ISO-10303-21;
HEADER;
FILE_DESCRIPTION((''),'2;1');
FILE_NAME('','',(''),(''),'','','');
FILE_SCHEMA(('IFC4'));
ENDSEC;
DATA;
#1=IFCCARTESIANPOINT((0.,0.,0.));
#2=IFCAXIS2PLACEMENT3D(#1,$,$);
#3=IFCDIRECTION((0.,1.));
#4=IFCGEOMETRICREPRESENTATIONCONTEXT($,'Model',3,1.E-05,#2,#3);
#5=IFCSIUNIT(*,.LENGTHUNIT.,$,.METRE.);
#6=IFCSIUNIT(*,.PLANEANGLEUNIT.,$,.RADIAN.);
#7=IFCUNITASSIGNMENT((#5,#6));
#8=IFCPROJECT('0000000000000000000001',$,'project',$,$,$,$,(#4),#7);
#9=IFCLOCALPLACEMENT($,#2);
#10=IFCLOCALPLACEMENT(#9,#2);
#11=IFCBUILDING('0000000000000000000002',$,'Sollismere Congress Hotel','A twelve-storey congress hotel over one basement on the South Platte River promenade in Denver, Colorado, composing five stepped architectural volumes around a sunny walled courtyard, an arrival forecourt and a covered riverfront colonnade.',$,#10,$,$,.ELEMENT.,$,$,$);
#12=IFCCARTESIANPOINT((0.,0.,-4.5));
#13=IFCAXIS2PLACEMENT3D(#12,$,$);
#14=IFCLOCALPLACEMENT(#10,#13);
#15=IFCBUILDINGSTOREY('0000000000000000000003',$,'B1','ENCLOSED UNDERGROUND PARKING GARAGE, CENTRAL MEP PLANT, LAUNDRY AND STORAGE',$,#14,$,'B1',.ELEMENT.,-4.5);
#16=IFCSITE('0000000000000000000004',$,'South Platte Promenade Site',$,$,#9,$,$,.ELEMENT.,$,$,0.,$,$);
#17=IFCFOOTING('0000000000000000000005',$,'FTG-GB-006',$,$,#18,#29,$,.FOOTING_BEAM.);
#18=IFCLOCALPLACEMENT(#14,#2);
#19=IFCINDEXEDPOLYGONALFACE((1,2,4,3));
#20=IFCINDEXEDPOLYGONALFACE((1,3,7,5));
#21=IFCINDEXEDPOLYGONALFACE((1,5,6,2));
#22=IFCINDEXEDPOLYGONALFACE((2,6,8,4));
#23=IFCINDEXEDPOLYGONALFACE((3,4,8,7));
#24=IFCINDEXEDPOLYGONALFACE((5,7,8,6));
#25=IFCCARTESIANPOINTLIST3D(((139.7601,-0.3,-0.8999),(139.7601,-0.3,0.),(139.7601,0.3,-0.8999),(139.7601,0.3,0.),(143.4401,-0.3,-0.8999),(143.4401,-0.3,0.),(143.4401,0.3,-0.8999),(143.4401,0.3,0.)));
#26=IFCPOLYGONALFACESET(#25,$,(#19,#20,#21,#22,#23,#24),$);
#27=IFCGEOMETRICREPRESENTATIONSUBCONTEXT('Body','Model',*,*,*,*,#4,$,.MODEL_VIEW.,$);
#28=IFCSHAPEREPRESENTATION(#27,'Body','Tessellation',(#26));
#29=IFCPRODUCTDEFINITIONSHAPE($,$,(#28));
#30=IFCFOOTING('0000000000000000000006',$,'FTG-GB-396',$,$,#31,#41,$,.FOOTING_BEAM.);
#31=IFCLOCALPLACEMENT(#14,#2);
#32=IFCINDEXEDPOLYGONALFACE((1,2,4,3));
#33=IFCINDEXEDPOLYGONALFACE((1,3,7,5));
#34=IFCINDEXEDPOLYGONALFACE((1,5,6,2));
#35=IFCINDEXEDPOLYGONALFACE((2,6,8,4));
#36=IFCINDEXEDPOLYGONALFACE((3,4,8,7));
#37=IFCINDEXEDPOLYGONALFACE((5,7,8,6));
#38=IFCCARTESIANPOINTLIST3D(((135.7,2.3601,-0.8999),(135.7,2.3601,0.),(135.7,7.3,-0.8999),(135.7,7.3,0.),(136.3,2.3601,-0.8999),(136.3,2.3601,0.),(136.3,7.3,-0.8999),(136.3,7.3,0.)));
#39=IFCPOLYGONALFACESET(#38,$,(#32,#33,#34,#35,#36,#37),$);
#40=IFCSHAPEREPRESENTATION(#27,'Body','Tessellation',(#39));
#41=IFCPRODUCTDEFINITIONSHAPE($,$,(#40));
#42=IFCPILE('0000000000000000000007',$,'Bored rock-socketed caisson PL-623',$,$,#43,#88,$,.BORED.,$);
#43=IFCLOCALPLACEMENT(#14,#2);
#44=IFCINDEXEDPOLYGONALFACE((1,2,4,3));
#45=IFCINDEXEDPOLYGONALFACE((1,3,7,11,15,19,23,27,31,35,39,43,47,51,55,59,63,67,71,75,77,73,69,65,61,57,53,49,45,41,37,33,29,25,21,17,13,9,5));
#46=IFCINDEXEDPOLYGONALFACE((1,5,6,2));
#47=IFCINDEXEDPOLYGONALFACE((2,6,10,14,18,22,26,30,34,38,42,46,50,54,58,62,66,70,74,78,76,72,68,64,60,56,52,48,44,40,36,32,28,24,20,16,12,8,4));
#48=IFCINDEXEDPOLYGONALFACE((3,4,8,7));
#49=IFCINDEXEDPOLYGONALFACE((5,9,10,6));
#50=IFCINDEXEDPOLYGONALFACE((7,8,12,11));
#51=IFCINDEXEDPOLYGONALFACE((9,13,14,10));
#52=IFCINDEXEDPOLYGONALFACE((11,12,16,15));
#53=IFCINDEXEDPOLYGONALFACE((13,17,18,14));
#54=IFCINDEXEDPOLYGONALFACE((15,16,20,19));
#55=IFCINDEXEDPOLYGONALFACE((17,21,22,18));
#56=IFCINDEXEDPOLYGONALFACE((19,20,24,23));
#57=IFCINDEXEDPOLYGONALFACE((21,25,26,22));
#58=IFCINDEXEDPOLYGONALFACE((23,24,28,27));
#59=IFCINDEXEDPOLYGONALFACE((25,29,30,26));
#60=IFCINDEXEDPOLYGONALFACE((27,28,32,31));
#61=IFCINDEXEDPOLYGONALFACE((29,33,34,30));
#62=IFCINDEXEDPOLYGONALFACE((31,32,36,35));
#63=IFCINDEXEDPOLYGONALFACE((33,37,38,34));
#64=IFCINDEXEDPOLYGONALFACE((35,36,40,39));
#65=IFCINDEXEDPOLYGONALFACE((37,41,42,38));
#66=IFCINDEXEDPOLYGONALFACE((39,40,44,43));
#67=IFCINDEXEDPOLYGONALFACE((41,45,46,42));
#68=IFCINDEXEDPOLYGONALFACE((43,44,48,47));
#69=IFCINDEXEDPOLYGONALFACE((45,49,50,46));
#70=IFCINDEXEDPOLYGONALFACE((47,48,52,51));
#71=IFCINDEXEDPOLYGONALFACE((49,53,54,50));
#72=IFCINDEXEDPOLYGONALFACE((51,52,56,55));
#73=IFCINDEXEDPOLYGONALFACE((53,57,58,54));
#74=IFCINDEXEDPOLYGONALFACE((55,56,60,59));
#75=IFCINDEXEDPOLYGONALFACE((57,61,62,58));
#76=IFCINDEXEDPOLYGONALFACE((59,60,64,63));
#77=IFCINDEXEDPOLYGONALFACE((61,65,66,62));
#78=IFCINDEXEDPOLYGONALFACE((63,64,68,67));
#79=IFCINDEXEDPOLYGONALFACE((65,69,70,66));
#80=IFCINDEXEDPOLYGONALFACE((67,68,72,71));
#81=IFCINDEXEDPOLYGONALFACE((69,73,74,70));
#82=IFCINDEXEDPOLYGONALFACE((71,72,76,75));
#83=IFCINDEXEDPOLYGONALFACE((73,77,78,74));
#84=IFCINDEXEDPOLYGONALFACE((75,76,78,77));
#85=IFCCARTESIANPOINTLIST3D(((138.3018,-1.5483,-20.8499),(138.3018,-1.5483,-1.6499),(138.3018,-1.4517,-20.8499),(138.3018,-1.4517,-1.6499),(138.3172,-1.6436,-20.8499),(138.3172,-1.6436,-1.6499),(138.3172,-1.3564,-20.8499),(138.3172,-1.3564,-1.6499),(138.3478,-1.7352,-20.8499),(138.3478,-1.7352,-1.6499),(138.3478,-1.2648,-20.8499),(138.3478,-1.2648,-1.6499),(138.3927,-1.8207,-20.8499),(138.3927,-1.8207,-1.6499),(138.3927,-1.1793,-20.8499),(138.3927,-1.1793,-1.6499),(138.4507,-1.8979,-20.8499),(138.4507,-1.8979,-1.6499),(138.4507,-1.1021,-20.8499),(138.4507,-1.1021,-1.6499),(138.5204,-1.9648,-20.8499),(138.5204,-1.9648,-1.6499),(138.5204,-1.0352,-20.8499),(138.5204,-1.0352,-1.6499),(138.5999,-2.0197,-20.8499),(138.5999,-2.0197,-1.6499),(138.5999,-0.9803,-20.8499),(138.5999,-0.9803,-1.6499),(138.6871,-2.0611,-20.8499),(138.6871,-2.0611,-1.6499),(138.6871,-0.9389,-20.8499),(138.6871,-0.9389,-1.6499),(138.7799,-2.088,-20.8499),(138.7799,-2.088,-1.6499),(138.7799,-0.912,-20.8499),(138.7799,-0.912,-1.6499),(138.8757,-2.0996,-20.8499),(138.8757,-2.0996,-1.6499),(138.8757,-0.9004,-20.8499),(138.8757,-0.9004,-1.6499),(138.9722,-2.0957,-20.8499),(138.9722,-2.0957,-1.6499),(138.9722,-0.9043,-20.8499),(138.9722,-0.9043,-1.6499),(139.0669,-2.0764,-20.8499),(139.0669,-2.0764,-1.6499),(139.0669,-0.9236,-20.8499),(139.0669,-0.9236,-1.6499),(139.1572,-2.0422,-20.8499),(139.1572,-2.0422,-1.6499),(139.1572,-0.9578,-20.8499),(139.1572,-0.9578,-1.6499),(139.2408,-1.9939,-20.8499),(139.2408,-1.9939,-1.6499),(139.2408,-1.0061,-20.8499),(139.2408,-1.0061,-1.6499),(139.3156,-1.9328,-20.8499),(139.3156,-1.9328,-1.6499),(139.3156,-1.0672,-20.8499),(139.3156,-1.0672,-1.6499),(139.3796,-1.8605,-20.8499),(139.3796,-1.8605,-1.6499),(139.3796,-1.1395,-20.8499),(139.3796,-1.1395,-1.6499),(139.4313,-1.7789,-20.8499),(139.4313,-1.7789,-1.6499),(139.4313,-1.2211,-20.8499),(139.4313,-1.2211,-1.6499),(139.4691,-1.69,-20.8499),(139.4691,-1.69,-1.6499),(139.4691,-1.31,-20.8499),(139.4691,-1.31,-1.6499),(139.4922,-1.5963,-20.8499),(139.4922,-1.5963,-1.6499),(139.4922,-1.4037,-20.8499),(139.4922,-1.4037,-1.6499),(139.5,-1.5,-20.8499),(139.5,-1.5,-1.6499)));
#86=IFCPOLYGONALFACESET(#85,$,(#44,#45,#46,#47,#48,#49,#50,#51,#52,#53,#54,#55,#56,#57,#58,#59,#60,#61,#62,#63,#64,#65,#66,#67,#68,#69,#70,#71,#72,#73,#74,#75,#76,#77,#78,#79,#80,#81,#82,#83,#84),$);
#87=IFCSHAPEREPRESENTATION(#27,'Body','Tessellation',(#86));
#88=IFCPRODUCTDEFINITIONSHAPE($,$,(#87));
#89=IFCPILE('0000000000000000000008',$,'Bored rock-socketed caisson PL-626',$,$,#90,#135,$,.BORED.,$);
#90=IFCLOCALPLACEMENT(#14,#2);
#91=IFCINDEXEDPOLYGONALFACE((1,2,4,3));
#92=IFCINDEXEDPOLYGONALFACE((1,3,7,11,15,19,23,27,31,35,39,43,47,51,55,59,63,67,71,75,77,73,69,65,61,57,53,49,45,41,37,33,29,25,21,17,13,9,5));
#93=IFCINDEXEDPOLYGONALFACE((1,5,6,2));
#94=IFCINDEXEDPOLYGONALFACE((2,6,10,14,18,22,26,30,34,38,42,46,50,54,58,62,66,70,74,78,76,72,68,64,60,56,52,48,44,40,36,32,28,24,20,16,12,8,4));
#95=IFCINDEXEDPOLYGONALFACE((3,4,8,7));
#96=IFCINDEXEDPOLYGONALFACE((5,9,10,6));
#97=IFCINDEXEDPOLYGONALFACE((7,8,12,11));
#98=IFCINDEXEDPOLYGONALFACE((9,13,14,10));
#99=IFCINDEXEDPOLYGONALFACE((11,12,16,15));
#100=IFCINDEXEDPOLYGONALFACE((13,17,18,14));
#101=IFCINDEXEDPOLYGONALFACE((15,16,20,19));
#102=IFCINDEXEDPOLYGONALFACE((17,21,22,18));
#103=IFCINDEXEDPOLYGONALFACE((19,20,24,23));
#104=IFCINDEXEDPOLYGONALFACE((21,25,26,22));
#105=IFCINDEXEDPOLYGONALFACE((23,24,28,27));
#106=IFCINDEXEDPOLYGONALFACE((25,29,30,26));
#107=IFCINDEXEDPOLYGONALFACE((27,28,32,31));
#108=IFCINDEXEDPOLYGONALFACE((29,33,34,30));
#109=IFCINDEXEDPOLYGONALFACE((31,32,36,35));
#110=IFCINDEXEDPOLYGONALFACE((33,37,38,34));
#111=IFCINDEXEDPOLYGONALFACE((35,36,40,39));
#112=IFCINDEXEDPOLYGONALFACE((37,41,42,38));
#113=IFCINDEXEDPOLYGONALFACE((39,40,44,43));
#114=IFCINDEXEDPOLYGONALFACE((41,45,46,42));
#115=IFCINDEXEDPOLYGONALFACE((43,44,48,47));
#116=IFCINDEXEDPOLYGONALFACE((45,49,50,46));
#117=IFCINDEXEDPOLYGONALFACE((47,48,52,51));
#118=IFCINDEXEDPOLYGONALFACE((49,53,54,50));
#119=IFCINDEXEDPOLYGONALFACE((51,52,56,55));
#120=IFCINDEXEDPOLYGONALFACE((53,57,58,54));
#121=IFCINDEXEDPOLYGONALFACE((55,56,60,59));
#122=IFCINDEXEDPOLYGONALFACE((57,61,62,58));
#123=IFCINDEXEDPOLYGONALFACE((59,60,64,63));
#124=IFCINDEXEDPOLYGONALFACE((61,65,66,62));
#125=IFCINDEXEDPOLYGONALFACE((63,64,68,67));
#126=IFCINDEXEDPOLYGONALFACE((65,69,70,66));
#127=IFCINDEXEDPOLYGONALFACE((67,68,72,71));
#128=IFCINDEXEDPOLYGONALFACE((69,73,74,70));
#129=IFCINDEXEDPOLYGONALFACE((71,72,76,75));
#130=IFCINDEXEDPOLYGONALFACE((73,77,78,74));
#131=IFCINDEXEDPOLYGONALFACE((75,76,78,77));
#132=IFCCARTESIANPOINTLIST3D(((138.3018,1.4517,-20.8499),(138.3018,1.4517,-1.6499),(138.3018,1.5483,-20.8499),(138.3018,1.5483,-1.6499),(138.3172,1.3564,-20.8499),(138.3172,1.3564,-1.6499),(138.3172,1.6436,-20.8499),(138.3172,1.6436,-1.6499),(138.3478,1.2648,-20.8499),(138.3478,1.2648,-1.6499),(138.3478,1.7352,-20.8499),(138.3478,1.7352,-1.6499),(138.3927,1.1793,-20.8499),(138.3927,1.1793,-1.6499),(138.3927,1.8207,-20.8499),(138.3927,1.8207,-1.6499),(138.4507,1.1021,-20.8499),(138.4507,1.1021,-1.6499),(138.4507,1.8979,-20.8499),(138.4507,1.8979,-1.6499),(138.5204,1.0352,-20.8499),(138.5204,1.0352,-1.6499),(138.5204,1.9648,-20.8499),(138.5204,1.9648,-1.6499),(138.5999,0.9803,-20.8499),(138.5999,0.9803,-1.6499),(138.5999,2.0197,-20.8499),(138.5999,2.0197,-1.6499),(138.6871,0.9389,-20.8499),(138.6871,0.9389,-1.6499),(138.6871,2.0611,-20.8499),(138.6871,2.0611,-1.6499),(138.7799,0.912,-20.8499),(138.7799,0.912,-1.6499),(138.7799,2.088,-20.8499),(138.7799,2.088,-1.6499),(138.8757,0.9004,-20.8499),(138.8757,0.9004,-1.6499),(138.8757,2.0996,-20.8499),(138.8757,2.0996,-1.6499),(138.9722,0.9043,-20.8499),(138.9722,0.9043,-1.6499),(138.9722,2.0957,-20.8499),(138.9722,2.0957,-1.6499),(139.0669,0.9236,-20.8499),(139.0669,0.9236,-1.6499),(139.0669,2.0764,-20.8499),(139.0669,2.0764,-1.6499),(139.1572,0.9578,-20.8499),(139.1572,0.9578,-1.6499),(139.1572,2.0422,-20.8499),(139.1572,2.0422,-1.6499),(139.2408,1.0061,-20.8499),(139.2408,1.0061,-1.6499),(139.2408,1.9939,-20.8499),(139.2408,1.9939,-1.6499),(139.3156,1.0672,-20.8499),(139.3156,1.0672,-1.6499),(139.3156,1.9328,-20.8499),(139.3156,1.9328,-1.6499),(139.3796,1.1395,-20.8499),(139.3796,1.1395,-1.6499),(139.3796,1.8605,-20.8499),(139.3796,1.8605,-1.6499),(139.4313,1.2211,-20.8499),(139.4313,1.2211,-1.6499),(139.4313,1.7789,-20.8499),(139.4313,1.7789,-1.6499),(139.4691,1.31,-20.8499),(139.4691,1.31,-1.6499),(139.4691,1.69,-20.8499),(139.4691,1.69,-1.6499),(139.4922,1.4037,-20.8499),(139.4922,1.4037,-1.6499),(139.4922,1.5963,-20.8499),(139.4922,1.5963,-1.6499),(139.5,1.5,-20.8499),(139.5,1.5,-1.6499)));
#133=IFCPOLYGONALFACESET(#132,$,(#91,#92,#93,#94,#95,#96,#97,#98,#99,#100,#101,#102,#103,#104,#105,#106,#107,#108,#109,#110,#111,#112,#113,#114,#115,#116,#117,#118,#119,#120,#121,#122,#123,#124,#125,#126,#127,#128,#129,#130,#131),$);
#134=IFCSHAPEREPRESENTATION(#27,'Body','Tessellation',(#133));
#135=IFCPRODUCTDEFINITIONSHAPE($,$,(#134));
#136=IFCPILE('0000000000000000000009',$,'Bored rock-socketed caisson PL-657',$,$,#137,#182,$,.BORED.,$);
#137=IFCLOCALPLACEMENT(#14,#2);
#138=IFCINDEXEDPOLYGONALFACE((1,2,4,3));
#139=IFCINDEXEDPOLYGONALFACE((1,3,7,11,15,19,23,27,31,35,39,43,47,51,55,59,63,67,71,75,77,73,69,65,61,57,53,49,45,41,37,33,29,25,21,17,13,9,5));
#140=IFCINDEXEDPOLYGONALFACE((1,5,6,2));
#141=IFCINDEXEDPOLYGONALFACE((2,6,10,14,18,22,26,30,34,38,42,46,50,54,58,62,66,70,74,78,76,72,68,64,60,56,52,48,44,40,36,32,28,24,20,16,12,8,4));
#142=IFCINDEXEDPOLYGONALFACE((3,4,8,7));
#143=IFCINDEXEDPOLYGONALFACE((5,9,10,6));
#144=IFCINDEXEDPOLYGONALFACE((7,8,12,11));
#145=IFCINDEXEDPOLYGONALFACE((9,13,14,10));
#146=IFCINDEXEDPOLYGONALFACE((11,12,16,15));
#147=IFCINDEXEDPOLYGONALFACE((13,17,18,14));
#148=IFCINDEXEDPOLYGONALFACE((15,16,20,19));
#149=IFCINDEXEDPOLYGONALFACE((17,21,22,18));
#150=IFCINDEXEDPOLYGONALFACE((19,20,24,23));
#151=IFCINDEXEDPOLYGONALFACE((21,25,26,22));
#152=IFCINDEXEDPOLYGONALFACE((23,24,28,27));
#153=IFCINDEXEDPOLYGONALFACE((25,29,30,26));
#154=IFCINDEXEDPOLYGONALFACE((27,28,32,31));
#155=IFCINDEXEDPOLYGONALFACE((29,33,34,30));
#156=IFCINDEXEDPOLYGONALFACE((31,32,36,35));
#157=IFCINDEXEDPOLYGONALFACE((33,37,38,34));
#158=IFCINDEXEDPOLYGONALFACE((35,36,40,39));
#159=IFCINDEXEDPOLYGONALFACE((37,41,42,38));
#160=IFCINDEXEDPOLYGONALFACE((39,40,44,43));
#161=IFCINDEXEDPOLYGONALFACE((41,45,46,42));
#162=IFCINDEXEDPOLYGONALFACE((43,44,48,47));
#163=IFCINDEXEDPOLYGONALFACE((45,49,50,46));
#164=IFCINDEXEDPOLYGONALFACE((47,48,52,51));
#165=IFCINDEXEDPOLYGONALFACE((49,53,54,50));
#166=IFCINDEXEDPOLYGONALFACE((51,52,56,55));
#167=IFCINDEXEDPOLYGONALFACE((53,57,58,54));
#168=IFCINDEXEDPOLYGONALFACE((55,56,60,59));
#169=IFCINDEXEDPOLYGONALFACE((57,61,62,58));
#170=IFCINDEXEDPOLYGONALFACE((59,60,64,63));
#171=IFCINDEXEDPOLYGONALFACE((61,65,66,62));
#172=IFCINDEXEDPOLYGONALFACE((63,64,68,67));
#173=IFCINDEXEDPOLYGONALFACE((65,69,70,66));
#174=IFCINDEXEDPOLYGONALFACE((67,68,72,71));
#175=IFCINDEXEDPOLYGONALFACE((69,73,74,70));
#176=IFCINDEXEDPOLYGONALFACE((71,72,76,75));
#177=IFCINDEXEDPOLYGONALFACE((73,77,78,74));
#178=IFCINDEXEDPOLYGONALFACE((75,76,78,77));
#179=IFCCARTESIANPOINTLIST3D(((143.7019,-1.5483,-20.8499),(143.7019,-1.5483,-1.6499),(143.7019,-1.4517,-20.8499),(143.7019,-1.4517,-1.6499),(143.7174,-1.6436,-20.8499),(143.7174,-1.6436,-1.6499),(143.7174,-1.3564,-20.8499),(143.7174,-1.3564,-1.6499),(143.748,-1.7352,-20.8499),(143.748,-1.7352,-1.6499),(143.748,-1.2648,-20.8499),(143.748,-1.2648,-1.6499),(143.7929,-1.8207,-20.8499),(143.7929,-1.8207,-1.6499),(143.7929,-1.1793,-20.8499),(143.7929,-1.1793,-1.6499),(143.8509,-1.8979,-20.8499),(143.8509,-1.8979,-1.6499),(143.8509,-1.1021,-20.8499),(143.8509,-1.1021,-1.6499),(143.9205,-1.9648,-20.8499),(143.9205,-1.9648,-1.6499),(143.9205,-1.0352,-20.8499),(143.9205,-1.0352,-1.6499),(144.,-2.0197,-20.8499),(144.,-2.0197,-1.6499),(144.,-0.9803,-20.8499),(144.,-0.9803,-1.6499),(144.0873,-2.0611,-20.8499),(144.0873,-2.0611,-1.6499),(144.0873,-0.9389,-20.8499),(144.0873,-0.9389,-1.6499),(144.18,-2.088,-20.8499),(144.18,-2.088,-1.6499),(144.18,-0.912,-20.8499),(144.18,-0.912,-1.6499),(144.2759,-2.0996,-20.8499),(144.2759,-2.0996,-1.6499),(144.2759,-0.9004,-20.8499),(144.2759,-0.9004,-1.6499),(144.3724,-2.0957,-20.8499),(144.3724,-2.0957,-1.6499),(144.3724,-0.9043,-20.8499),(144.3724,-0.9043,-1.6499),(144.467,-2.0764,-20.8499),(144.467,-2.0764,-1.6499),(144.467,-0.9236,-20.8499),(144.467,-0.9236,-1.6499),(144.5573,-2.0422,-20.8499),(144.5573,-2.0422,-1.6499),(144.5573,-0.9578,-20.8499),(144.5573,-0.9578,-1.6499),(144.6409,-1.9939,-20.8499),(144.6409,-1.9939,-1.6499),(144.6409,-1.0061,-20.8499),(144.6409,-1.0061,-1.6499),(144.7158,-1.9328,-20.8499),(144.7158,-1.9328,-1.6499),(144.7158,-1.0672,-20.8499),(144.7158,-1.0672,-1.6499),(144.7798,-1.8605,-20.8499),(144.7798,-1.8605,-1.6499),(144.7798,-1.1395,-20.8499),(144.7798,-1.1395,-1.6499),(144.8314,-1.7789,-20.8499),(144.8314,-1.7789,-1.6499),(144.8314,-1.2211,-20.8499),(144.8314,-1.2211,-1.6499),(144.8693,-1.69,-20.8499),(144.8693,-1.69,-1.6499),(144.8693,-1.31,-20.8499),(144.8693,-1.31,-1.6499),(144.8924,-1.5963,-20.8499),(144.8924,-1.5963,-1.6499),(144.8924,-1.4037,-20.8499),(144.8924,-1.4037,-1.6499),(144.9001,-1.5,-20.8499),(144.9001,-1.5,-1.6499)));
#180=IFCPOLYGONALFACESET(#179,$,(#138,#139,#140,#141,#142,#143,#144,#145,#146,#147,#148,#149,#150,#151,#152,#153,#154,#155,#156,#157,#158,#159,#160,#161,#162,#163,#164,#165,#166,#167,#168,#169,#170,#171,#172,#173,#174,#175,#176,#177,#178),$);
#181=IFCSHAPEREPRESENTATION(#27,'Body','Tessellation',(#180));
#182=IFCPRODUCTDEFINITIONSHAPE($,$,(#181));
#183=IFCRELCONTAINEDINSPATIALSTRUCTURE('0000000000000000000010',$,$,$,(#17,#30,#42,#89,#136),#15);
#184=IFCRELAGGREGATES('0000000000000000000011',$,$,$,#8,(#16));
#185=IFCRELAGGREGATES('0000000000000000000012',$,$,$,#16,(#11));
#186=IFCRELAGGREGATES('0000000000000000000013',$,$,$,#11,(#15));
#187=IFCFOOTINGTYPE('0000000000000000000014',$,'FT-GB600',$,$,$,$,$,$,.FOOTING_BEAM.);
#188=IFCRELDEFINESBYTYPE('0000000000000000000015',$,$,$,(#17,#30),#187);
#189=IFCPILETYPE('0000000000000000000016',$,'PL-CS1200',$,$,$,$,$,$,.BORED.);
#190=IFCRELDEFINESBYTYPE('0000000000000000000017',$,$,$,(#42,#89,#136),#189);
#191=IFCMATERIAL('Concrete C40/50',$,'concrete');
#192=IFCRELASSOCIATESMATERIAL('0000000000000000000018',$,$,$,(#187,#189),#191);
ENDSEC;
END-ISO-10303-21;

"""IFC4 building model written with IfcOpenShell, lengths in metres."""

from ifc_helpers import new_model, si_unit, direction, frame, origin, origin_2d, place, context, subcontext, project, spatial, rectangle, circle, extrude, material, material_profile, profile_set, type_object, element, save


model = new_model("IFC4")

# Units and contexts
model_context = context("Model", 3, precision=1e-05, world=origin(), true_north=direction((0.0, 1.0)))
body_context = subcontext(model_context, "Body", "Model", "MODEL_VIEW")
ifc_project = project(units=[si_unit("LENGTHUNIT", "METRE"), si_unit("PLANEANGLEUNIT", "RADIAN")], contexts=[model_context])

# Site, building, storey
site_placement = place(None, origin())
site = spatial("IfcSite", under=ifc_project, at=site_placement, Name="South Platte Promenade Site", CompositionType="ELEMENT", RefElevation=0.0)
building_placement = place(site_placement, origin())
building = spatial("IfcBuilding", under=site, at=building_placement, Name="Sollismere Congress Hotel", Description="A twelve-storey congress hotel over one basement on the South Platte River promenade in Denver, Colorado, composing five stepped architectural volumes around a sunny walled courtyard, an arrival forecourt and a covered riverfront colonnade.", CompositionType="ELEMENT")
storey_placement = place(building_placement, frame((0.0, 0.0, -4.5)))
storey = spatial("IfcBuildingStorey", under=building, at=storey_placement, Name="B1", Description="ENCLOSED UNDERGROUND PARKING GARAGE, CENTRAL MEP PLANT, LAUNDRY AND STORAGE", LongName="B1", CompositionType="ELEMENT", Elevation=-4.5)

# Footings
ifc_material_1 = material(Name="Concrete C40/50", Category="concrete")
footing_type = type_object("IfcFootingType", Name="FT-GB600", PredefinedType="FOOTING_BEAM", material=ifc_material_1)
footing_1_placement = place(storey_placement, frame((141.6001, 0.0, -0.8999), z_axis=(0.0, 0.0, 1.0), x_axis=(1.0, 0.0, 0.0)))
element("IfcFooting", 1, at=footing_1_placement, inside=storey, type_object=footing_type, Name="FTG-GB-006", PredefinedType="FOOTING_BEAM", context=body_context, shape_type="SweptSolid", body=[
    extrude(rectangle(XDim=3.6799, YDim=0.6001, at=origin_2d()), origin(), (0.0, 0.0, 1.0), 0.8999),
])
footing_2_placement = place(storey_placement, frame((136.0, 4.8301, -0.8999), z_axis=(0.0, 0.0, 1.0), x_axis=(0.0, 1.0, 0.0)))
element("IfcFooting", 2, at=footing_2_placement, inside=storey, type_object=footing_type, Name="FTG-GB-396", PredefinedType="FOOTING_BEAM", context=body_context, shape_type="SweptSolid", body=[
    extrude(rectangle(XDim=4.9399, YDim=0.6001, at=origin_2d()), origin(), (0.0, 0.0, 1.0), 0.8999),
])

# Piles
ifc_material_profile_1 = material_profile(ifc_material_1, circle(Radius=0.6001, at=origin_2d()), Name="CAISSON1200")
ifc_profile_set_1 = profile_set([ifc_material_profile_1], Name="Concrete C40/50")
pile_type = type_object("IfcPileType", Name="PL-CS1200", PredefinedType="BORED", material=ifc_profile_set_1)
for number, where, z_axis, x_axis, name in (
    (3, (138.8999, -1.5, -1.6499), (0.0, 0.0, -1.0), (1.0, 0.0, 0.0), "Bored rock-socketed caisson PL-623"),
    (4, (138.8999, 1.5, -1.6499), (0.0, 0.0, -1.0), (1.0, 0.0, 0.0), "Bored rock-socketed caisson PL-626"),
    (5, (144.3, -1.5, -1.6499), (0.0, 0.0, -1.0), (1.0, 0.0, 0.0), "Bored rock-socketed caisson PL-657"),
):
    element("IfcPile", number, at=place(storey_placement, frame(where, z_axis=z_axis, x_axis=x_axis)), inside=storey, type_object=pile_type, Name=name, PredefinedType="BORED", context=body_context, shape_type="SweptSolid", body=[
        extrude(circle(Radius=0.6001, at=origin_2d()), origin(), (0.0, 0.0, 1.0), 19.2),
    ])

save(model, "model.ifc")
